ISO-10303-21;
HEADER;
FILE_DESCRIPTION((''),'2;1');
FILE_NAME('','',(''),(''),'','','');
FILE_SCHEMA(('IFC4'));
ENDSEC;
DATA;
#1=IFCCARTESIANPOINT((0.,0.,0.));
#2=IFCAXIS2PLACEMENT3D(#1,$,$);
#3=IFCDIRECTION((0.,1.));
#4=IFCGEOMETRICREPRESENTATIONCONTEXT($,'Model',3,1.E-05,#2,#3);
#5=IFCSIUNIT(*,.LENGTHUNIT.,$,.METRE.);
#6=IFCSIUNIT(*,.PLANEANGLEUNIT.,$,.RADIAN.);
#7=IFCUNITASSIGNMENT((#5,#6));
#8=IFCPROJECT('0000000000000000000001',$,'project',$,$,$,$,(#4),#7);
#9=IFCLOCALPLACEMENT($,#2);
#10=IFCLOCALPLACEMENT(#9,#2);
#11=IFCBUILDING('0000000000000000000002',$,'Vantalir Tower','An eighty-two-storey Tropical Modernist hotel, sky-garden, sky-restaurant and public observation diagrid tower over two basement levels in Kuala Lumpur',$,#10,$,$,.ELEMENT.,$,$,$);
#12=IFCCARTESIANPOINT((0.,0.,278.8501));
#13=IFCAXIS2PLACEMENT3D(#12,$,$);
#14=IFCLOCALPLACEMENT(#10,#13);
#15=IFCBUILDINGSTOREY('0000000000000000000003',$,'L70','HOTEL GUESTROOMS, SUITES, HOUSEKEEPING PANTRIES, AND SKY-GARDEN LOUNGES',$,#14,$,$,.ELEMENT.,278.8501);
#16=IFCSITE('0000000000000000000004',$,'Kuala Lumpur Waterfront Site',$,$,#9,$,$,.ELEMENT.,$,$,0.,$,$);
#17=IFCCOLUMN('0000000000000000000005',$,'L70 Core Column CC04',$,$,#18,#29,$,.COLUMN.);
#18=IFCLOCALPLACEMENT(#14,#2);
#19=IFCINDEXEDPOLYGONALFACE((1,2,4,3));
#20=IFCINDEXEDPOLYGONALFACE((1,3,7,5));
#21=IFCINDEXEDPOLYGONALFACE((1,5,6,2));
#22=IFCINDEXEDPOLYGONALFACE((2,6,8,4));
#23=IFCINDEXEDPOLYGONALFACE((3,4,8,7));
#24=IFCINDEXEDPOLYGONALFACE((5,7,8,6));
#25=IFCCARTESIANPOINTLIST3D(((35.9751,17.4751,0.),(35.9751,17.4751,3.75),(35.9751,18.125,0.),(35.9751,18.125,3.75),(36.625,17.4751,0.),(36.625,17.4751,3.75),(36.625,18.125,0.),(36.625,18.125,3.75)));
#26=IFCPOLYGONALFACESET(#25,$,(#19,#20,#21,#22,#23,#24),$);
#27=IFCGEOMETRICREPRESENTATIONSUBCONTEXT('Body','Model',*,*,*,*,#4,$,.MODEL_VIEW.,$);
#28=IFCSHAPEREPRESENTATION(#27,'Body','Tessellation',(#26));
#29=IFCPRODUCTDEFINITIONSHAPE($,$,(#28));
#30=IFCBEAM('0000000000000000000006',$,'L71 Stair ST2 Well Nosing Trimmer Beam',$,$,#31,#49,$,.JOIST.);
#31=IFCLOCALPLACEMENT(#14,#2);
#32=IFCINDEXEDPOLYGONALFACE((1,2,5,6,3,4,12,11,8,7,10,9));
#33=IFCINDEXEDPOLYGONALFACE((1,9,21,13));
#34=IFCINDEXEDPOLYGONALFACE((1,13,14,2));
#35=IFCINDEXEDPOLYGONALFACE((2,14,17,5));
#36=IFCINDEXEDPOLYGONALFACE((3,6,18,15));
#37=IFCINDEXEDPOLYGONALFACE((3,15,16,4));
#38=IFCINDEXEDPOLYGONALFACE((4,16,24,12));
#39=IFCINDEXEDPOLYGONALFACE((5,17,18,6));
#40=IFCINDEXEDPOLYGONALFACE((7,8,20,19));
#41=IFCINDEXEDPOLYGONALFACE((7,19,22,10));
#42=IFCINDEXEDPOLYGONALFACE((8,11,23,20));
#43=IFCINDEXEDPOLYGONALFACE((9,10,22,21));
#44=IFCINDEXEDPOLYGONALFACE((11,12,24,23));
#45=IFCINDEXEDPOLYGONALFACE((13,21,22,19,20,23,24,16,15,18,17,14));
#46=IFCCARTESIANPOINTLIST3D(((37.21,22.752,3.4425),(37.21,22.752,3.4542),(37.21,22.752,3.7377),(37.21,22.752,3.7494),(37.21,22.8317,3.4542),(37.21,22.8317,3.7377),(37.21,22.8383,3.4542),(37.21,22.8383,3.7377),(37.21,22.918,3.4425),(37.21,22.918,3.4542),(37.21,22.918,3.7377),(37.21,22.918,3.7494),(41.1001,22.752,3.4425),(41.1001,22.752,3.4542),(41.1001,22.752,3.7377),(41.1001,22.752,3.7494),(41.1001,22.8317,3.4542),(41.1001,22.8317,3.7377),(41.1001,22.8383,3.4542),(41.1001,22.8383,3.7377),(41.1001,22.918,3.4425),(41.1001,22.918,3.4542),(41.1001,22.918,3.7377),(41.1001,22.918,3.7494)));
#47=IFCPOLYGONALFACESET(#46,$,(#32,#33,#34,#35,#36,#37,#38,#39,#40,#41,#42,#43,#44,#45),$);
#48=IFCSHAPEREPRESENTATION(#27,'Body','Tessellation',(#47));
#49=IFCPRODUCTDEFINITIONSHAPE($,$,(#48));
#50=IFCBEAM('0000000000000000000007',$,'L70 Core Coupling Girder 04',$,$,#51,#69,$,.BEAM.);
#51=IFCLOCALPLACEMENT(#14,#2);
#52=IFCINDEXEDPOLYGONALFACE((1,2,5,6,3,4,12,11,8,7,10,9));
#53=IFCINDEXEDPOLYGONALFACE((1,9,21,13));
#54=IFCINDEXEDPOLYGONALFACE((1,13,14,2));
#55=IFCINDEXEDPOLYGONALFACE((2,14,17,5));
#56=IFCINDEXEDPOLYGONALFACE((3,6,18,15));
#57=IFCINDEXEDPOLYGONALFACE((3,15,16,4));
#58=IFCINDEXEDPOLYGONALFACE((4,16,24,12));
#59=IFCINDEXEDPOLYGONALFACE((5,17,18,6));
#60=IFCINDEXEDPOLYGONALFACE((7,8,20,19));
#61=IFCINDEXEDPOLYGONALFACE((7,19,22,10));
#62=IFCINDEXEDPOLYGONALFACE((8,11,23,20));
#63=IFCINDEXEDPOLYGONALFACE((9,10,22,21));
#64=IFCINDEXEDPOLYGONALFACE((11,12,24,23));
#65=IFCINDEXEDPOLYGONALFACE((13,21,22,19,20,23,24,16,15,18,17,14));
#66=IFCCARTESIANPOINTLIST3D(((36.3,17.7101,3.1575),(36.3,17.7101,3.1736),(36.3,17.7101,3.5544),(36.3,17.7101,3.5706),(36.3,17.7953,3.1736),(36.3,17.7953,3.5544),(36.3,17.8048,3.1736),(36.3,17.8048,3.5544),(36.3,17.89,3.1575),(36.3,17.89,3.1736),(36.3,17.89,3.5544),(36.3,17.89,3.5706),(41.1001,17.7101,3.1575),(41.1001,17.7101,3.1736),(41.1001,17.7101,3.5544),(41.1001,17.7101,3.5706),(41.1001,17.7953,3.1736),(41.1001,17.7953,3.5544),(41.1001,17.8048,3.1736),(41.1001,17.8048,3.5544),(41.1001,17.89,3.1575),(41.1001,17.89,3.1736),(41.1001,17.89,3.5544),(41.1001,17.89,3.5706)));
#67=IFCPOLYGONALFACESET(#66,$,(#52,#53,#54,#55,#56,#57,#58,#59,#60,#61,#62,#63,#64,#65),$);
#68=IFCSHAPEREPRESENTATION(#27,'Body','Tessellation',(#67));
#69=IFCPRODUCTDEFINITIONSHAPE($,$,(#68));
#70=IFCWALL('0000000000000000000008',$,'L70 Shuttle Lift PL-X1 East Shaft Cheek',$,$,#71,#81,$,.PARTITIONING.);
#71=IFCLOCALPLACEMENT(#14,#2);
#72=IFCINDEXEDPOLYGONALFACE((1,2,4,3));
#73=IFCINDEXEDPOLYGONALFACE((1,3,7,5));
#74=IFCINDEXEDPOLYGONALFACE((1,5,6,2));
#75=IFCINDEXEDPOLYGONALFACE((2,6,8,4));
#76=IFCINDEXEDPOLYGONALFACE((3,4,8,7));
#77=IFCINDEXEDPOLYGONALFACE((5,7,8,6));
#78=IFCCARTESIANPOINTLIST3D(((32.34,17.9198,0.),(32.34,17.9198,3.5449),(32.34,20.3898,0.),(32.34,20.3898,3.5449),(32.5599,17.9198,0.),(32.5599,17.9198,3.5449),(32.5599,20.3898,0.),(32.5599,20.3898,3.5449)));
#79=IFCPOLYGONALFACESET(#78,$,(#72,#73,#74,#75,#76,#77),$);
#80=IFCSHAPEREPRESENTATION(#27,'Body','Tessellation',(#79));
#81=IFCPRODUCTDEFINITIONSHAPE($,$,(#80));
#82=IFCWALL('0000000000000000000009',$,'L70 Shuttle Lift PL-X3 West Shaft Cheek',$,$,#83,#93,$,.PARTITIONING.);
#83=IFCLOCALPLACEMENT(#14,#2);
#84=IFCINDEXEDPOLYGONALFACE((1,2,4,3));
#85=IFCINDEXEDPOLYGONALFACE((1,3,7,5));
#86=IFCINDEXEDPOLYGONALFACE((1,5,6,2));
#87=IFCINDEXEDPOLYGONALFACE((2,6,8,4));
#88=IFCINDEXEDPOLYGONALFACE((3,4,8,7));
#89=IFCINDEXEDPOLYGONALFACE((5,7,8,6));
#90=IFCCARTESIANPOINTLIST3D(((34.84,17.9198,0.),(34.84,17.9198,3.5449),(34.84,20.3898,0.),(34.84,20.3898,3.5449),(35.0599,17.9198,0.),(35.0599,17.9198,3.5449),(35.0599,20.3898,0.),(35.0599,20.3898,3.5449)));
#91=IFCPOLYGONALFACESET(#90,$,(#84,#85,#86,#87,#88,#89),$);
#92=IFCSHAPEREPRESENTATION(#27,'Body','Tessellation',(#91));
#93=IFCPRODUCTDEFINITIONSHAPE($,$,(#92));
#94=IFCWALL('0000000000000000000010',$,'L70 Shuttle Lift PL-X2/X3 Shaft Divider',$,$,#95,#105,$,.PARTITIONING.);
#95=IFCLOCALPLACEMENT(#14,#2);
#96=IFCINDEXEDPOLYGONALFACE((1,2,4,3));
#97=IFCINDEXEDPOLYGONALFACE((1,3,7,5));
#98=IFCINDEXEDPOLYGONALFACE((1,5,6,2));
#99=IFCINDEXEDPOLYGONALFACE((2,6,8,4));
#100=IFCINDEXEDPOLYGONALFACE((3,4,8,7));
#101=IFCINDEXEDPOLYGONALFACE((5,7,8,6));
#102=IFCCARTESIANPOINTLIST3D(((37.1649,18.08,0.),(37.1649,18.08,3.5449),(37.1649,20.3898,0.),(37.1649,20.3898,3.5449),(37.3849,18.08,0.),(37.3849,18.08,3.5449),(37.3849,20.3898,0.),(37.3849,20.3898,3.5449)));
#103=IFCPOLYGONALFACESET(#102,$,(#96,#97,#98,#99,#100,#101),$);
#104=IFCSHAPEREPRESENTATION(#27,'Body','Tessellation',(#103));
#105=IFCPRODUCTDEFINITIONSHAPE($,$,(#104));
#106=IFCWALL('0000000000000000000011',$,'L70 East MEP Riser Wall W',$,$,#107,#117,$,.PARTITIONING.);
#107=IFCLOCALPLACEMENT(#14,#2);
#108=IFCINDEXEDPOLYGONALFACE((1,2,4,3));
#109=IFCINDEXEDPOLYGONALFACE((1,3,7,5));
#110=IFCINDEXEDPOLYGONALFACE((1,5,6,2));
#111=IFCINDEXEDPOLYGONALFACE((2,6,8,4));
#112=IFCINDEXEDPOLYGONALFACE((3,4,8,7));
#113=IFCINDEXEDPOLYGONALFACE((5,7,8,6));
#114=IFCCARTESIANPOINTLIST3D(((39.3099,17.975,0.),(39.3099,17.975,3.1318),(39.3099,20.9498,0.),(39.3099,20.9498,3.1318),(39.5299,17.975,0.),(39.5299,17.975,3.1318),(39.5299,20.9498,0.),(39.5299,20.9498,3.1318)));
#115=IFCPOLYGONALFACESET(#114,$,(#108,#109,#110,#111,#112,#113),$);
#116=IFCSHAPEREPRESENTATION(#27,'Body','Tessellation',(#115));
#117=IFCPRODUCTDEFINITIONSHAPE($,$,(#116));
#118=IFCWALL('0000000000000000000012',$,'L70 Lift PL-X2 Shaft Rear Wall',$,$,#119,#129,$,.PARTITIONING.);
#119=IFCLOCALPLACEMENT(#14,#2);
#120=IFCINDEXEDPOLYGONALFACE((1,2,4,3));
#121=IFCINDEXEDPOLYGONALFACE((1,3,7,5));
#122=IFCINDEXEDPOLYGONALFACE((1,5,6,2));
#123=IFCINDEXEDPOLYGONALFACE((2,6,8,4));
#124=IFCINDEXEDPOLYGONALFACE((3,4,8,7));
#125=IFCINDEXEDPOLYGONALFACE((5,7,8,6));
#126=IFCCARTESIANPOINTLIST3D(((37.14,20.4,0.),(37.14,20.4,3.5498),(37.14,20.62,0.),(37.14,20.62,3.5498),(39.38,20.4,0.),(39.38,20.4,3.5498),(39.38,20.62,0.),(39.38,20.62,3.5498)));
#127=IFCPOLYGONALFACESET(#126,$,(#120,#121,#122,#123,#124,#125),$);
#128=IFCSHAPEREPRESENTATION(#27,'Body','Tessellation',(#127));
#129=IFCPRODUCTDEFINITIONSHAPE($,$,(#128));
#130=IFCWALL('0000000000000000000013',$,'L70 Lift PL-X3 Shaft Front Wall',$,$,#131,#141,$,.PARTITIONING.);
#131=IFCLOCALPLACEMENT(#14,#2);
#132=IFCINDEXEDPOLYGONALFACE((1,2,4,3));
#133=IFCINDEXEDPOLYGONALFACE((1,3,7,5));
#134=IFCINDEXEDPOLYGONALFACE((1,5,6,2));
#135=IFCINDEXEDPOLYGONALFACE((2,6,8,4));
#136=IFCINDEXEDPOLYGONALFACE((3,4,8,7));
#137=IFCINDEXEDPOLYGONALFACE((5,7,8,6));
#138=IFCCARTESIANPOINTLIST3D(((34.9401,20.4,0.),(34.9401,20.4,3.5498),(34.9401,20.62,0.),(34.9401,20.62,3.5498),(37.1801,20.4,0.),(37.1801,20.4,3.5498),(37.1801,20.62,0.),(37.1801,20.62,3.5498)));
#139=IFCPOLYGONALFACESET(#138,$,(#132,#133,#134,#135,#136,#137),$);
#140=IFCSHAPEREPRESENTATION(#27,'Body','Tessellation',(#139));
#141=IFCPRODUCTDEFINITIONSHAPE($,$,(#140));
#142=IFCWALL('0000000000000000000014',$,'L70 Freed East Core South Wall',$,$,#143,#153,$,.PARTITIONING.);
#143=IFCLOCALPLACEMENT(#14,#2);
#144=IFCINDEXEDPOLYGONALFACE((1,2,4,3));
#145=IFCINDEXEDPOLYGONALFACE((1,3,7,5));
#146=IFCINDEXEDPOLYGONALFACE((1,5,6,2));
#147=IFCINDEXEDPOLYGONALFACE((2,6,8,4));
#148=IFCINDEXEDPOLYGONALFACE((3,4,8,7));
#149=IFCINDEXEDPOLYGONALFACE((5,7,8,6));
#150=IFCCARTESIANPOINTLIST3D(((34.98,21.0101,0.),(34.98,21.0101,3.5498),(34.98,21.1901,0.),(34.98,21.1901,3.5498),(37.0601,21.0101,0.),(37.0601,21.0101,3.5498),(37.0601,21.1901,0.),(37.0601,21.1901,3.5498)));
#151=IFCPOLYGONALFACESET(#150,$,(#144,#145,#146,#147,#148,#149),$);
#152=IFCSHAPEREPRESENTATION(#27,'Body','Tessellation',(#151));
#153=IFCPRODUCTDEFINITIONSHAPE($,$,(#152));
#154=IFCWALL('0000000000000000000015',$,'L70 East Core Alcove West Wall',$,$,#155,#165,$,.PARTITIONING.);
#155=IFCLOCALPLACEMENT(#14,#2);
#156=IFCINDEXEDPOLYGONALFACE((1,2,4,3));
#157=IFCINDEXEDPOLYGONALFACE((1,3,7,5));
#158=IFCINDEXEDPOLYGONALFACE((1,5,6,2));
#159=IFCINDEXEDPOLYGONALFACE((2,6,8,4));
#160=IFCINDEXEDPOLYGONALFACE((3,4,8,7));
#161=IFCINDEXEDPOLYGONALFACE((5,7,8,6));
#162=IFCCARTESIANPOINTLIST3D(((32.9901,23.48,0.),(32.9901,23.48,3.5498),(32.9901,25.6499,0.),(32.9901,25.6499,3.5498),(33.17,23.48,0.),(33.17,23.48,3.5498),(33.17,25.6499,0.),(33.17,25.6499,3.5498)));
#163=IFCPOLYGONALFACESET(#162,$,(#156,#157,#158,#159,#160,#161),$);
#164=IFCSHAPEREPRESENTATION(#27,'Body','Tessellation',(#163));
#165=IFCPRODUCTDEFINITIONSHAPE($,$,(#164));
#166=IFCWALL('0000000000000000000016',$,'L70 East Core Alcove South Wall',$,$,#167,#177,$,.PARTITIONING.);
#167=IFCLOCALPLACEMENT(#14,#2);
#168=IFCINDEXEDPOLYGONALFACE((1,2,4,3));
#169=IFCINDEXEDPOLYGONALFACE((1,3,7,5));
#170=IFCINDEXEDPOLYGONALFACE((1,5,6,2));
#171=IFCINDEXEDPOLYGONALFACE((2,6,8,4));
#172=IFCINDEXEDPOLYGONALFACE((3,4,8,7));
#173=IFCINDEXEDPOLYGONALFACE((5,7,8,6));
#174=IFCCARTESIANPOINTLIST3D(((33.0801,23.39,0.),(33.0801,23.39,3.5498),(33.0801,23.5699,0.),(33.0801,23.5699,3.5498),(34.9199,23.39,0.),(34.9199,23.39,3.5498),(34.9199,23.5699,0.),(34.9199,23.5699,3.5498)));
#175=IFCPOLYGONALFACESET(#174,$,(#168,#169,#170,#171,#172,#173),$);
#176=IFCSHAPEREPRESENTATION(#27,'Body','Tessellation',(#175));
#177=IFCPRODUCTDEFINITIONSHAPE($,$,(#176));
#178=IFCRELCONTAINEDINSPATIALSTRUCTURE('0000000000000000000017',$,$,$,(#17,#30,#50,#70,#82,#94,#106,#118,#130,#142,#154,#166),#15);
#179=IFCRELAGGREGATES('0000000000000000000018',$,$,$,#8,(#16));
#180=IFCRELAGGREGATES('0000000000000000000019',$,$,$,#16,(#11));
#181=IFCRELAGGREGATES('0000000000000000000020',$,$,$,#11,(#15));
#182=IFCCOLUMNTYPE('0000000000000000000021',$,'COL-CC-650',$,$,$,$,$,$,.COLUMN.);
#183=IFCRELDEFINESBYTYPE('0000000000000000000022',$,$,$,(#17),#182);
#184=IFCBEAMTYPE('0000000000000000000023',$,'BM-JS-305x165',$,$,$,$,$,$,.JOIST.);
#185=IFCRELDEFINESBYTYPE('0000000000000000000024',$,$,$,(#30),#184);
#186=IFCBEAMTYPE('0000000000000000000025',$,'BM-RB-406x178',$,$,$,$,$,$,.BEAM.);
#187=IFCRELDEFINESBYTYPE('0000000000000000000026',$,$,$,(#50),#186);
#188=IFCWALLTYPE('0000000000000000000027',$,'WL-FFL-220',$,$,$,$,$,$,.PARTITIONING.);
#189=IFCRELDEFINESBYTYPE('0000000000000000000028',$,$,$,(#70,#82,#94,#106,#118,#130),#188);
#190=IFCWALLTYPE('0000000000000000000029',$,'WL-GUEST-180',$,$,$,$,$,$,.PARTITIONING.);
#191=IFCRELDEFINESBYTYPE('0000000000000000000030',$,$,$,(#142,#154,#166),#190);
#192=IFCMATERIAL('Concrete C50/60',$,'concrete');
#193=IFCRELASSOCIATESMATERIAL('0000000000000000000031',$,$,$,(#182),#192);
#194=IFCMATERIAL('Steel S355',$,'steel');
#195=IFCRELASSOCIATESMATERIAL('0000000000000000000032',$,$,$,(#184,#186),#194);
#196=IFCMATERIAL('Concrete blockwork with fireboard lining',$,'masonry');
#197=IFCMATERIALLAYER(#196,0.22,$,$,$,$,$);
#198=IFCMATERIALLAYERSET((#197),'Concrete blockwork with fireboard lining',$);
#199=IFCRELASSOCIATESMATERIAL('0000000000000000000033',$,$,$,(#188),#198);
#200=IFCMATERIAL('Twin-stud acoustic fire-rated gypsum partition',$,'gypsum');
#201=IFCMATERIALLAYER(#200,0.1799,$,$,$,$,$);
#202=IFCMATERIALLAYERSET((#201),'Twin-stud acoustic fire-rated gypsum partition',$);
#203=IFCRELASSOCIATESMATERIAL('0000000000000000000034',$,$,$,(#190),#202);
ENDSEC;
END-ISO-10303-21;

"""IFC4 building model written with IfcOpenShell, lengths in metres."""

from ifc_helpers import new_model, si_unit, direction, frame, frame_2d, origin, origin_2d, place, context, subcontext, project, spatial, rectangle, i_section, extrude, material, layer, layer_set, material_profile, profile_set, type_object, element, save


model = new_model("IFC4")

# Units and contexts
model_context = context("Model", 3, precision=1e-05, world=origin(), true_north=direction((0.0, 1.0)))
body_context = subcontext(model_context, "Body", "Model", "MODEL_VIEW")
ifc_project = project(units=[si_unit("LENGTHUNIT", "METRE"), si_unit("PLANEANGLEUNIT", "RADIAN")], contexts=[model_context])

# Site, building, storey
site_placement = place(None, origin())
site = spatial("IfcSite", under=ifc_project, at=site_placement, Name="Kuala Lumpur Waterfront Site", CompositionType="ELEMENT", RefElevation=0.0)
building_placement = place(site_placement, origin())
building = spatial("IfcBuilding", under=site, at=building_placement, Name="Vantalir Tower", Description="An eighty-two-storey Tropical Modernist hotel, sky-garden, sky-restaurant and public observation diagrid tower over two basement levels in Kuala Lumpur", CompositionType="ELEMENT")
storey_placement = place(building_placement, frame((0.0, 0.0, 278.8501)))
storey = spatial("IfcBuildingStorey", under=building, at=storey_placement, Name="L70", Description="HOTEL GUESTROOMS, SUITES, HOUSEKEEPING PANTRIES, AND SKY-GARDEN LOUNGES", CompositionType="ELEMENT", Elevation=278.8501)

# Column
ifc_material_1 = material(Name="Concrete C50/60", Category="concrete")
ifc_material_profile_1 = material_profile(ifc_material_1, rectangle(XDim=0.6499, YDim=0.6499, at=origin_2d()), Name="Concrete C50/60")
ifc_profile_set_1 = profile_set([ifc_material_profile_1], Name="Concrete C50/60")
column_type = type_object("IfcColumnType", Name="COL-CC-650", PredefinedType="COLUMN", material=ifc_profile_set_1)
column_placement = place(storey_placement, frame((36.3, 17.8, 0.0), z_axis=(0.0, 0.0, 1.0), x_axis=(1.0, 0.0, 0.0)))
element("IfcColumn", 1, at=column_placement, inside=storey, type_object=column_type, Name="L70 Core Column CC04", PredefinedType="COLUMN", context=body_context, shape_type="SweptSolid", body=[
    extrude(rectangle(XDim=0.6499, YDim=0.6499, at=origin_2d()), origin(), (0.0, 0.0, 1.0), 3.75),
])

# Beams
ifc_material_2 = material(Name="Steel S355", Category="steel")
ifc_material_profile_2 = material_profile(ifc_material_2, i_section(OverallWidth=0.166, OverallDepth=0.3069, WebThickness=0.0066, FlangeThickness=0.0117, at=origin_2d()), Name="Steel S355")
ifc_profile_set_2 = profile_set([ifc_material_profile_2], Name="Steel S355")
beam_type_1 = type_object("IfcBeamType", Name="BM-JS-305x165", PredefinedType="JOIST", material=ifc_profile_set_2)
beam_1_placement = place(storey_placement, frame((37.21, 22.835, 3.5959), z_axis=(1.0, 0.0, 0.0), x_axis=(0.0, 1.0, 0.0)))
element("IfcBeam", 2, at=beam_1_placement, inside=storey, type_object=beam_type_1, Name="L71 Stair ST2 Well Nosing Trimmer Beam", PredefinedType="JOIST", context=body_context, shape_type="SweptSolid", body=[
    extrude(i_section(OverallWidth=0.166, OverallDepth=0.3069, WebThickness=0.0066, FlangeThickness=0.0117, at=origin_2d()), origin(), (0.0, 0.0, 1.0), 3.8901),
])
ifc_material_profile_3 = material_profile(ifc_material_2, i_section(OverallWidth=0.1799, OverallDepth=0.4131, WebThickness=0.0095, FlangeThickness=0.0161, at=origin_2d()), Name="Steel S355")
ifc_profile_set_3 = profile_set([ifc_material_profile_3], Name="Steel S355")
beam_type_2 = type_object("IfcBeamType", Name="BM-RB-406x178", PredefinedType="BEAM", material=ifc_profile_set_3)
beam_2_placement = place(storey_placement, frame((36.3, 17.8, 3.364), z_axis=(1.0, 0.0, 0.0), x_axis=(0.0, 1.0, 0.0)))
element("IfcBeam", 3, at=beam_2_placement, inside=storey, type_object=beam_type_2, Name="L70 Core Coupling Girder 04", PredefinedType="BEAM", context=body_context, shape_type="SweptSolid", body=[
    extrude(i_section(OverallWidth=0.1799, OverallDepth=0.4131, WebThickness=0.0095, FlangeThickness=0.0161, at=origin_2d()), origin(), (0.0, 0.0, 1.0), 4.8),
])

# Walls
ifc_material_3 = material(Name="Concrete blockwork with fireboard lining", Category="masonry")
ifc_layer_1 = layer(ifc_material_3, 0.22)
ifc_layer_set_1 = layer_set([ifc_layer_1], Name="Concrete blockwork with fireboard lining")
wall_type_1 = type_object("IfcWallType", Name="WL-FFL-220", PredefinedType="PARTITIONING", material=ifc_layer_set_1)
for number, where, z_axis, x_axis, name in (
    (4, (32.45, 17.9199, 0.0), (0.0, 0.0, 1.0), (0.0, 1.0, 0.0), "L70 Shuttle Lift PL-X1 East Shaft Cheek"),
    (5, (34.95, 17.9199, 0.0), (0.0, 0.0, 1.0), (0.0, 1.0, 0.0), "L70 Shuttle Lift PL-X3 West Shaft Cheek"),
):
    element("IfcWall", number, at=place(storey_placement, frame(where, z_axis=z_axis, x_axis=x_axis)), inside=storey, type_object=wall_type_1, Name=name, PredefinedType="PARTITIONING", context=body_context, shape_type="SweptSolid", body=[
        extrude(rectangle(XDim=2.47, YDim=0.22, at=frame_2d((1.2349, 0.0))), origin(), (0.0, 0.0, 1.0), 3.5449),
    ])
wall_1_placement = place(storey_placement, frame((37.2749, 18.0801, 0.0), z_axis=(0.0, 0.0, 1.0), x_axis=(0.0, 1.0, 0.0)))
element("IfcWall", 6, at=wall_1_placement, inside=storey, type_object=wall_type_1, Name="L70 Shuttle Lift PL-X2/X3 Shaft Divider", PredefinedType="PARTITIONING", context=body_context, shape_type="SweptSolid", body=[
    extrude(rectangle(XDim=2.3098, YDim=0.22, at=frame_2d((1.1548, 0.0))), origin(), (0.0, 0.0, 1.0), 3.5449),
])
wall_2_placement = place(storey_placement, frame((39.4199, 17.9751, 0.0), z_axis=(0.0, 0.0, 1.0), x_axis=(0.0, 1.0, 0.0)))
element("IfcWall", 7, at=wall_2_placement, inside=storey, type_object=wall_type_1, Name="L70 East MEP Riser Wall W", PredefinedType="PARTITIONING", context=body_context, shape_type="SweptSolid", body=[
    extrude(rectangle(XDim=2.9749, YDim=0.22, at=frame_2d((1.4873, 0.0))), origin(), (0.0, 0.0, 1.0), 3.1318),
])
for number, where, z_axis, x_axis, name in (
    (8, (37.1399, 20.51, 0.0), (0.0, 0.0, 1.0), (1.0, 0.0, 0.0), "L70 Lift PL-X2 Shaft Rear Wall"),
    (9, (34.9399, 20.51, 0.0), (0.0, 0.0, 1.0), (1.0, 0.0, 0.0), "L70 Lift PL-X3 Shaft Front Wall"),
):
    element("IfcWall", number, at=place(storey_placement, frame(where, z_axis=z_axis, x_axis=x_axis)), inside=storey, type_object=wall_type_1, Name=name, PredefinedType="PARTITIONING", context=body_context, shape_type="SweptSolid", body=[
        extrude(rectangle(XDim=2.24, YDim=0.22, at=frame_2d((1.1201, 0.0))), origin(), (0.0, 0.0, 1.0), 3.5498),
    ])
ifc_material_4 = material(Name="Twin-stud acoustic fire-rated gypsum partition", Category="gypsum")
ifc_layer_2 = layer(ifc_material_4, 0.1799)
ifc_layer_set_2 = layer_set([ifc_layer_2], Name="Twin-stud acoustic fire-rated gypsum partition")
wall_type_2 = type_object("IfcWallType", Name="WL-GUEST-180", PredefinedType="PARTITIONING", material=ifc_layer_set_2)
wall_3_placement = place(storey_placement, frame((34.98, 21.1001, 0.0), z_axis=(0.0, 0.0, 1.0), x_axis=(1.0, 0.0, 0.0)))
element("IfcWall", 10, at=wall_3_placement, inside=storey, type_object=wall_type_2, Name="L70 Freed East Core South Wall", PredefinedType="PARTITIONING", context=body_context, shape_type="SweptSolid", body=[
    extrude(rectangle(XDim=2.0801, YDim=0.1799, at=frame_2d((1.04, 0.0))), origin(), (0.0, 0.0, 1.0), 3.5498),
])
wall_4_placement = place(storey_placement, frame((33.0801, 23.48, 0.0), z_axis=(0.0, 0.0, 1.0), x_axis=(0.0, 1.0, 0.0)))
element("IfcWall", 11, at=wall_4_placement, inside=storey, type_object=wall_type_2, Name="L70 East Core Alcove West Wall", PredefinedType="PARTITIONING", context=body_context, shape_type="SweptSolid", body=[
    extrude(rectangle(XDim=2.1699, YDim=0.1799, at=frame_2d((1.085, 0.0))), origin(), (0.0, 0.0, 1.0), 3.5498),
])
wall_5_placement = place(storey_placement, frame((33.0801, 23.48, 0.0), z_axis=(0.0, 0.0, 1.0), x_axis=(1.0, 0.0, 0.0)))
element("IfcWall", 12, at=wall_5_placement, inside=storey, type_object=wall_type_2, Name="L70 East Core Alcove South Wall", PredefinedType="PARTITIONING", context=body_context, shape_type="SweptSolid", body=[
    extrude(rectangle(XDim=1.8398, YDim=0.1799, at=frame_2d((0.9199, 0.0))), origin(), (0.0, 0.0, 1.0), 3.5498),
])

save(model, "model.ifc")
